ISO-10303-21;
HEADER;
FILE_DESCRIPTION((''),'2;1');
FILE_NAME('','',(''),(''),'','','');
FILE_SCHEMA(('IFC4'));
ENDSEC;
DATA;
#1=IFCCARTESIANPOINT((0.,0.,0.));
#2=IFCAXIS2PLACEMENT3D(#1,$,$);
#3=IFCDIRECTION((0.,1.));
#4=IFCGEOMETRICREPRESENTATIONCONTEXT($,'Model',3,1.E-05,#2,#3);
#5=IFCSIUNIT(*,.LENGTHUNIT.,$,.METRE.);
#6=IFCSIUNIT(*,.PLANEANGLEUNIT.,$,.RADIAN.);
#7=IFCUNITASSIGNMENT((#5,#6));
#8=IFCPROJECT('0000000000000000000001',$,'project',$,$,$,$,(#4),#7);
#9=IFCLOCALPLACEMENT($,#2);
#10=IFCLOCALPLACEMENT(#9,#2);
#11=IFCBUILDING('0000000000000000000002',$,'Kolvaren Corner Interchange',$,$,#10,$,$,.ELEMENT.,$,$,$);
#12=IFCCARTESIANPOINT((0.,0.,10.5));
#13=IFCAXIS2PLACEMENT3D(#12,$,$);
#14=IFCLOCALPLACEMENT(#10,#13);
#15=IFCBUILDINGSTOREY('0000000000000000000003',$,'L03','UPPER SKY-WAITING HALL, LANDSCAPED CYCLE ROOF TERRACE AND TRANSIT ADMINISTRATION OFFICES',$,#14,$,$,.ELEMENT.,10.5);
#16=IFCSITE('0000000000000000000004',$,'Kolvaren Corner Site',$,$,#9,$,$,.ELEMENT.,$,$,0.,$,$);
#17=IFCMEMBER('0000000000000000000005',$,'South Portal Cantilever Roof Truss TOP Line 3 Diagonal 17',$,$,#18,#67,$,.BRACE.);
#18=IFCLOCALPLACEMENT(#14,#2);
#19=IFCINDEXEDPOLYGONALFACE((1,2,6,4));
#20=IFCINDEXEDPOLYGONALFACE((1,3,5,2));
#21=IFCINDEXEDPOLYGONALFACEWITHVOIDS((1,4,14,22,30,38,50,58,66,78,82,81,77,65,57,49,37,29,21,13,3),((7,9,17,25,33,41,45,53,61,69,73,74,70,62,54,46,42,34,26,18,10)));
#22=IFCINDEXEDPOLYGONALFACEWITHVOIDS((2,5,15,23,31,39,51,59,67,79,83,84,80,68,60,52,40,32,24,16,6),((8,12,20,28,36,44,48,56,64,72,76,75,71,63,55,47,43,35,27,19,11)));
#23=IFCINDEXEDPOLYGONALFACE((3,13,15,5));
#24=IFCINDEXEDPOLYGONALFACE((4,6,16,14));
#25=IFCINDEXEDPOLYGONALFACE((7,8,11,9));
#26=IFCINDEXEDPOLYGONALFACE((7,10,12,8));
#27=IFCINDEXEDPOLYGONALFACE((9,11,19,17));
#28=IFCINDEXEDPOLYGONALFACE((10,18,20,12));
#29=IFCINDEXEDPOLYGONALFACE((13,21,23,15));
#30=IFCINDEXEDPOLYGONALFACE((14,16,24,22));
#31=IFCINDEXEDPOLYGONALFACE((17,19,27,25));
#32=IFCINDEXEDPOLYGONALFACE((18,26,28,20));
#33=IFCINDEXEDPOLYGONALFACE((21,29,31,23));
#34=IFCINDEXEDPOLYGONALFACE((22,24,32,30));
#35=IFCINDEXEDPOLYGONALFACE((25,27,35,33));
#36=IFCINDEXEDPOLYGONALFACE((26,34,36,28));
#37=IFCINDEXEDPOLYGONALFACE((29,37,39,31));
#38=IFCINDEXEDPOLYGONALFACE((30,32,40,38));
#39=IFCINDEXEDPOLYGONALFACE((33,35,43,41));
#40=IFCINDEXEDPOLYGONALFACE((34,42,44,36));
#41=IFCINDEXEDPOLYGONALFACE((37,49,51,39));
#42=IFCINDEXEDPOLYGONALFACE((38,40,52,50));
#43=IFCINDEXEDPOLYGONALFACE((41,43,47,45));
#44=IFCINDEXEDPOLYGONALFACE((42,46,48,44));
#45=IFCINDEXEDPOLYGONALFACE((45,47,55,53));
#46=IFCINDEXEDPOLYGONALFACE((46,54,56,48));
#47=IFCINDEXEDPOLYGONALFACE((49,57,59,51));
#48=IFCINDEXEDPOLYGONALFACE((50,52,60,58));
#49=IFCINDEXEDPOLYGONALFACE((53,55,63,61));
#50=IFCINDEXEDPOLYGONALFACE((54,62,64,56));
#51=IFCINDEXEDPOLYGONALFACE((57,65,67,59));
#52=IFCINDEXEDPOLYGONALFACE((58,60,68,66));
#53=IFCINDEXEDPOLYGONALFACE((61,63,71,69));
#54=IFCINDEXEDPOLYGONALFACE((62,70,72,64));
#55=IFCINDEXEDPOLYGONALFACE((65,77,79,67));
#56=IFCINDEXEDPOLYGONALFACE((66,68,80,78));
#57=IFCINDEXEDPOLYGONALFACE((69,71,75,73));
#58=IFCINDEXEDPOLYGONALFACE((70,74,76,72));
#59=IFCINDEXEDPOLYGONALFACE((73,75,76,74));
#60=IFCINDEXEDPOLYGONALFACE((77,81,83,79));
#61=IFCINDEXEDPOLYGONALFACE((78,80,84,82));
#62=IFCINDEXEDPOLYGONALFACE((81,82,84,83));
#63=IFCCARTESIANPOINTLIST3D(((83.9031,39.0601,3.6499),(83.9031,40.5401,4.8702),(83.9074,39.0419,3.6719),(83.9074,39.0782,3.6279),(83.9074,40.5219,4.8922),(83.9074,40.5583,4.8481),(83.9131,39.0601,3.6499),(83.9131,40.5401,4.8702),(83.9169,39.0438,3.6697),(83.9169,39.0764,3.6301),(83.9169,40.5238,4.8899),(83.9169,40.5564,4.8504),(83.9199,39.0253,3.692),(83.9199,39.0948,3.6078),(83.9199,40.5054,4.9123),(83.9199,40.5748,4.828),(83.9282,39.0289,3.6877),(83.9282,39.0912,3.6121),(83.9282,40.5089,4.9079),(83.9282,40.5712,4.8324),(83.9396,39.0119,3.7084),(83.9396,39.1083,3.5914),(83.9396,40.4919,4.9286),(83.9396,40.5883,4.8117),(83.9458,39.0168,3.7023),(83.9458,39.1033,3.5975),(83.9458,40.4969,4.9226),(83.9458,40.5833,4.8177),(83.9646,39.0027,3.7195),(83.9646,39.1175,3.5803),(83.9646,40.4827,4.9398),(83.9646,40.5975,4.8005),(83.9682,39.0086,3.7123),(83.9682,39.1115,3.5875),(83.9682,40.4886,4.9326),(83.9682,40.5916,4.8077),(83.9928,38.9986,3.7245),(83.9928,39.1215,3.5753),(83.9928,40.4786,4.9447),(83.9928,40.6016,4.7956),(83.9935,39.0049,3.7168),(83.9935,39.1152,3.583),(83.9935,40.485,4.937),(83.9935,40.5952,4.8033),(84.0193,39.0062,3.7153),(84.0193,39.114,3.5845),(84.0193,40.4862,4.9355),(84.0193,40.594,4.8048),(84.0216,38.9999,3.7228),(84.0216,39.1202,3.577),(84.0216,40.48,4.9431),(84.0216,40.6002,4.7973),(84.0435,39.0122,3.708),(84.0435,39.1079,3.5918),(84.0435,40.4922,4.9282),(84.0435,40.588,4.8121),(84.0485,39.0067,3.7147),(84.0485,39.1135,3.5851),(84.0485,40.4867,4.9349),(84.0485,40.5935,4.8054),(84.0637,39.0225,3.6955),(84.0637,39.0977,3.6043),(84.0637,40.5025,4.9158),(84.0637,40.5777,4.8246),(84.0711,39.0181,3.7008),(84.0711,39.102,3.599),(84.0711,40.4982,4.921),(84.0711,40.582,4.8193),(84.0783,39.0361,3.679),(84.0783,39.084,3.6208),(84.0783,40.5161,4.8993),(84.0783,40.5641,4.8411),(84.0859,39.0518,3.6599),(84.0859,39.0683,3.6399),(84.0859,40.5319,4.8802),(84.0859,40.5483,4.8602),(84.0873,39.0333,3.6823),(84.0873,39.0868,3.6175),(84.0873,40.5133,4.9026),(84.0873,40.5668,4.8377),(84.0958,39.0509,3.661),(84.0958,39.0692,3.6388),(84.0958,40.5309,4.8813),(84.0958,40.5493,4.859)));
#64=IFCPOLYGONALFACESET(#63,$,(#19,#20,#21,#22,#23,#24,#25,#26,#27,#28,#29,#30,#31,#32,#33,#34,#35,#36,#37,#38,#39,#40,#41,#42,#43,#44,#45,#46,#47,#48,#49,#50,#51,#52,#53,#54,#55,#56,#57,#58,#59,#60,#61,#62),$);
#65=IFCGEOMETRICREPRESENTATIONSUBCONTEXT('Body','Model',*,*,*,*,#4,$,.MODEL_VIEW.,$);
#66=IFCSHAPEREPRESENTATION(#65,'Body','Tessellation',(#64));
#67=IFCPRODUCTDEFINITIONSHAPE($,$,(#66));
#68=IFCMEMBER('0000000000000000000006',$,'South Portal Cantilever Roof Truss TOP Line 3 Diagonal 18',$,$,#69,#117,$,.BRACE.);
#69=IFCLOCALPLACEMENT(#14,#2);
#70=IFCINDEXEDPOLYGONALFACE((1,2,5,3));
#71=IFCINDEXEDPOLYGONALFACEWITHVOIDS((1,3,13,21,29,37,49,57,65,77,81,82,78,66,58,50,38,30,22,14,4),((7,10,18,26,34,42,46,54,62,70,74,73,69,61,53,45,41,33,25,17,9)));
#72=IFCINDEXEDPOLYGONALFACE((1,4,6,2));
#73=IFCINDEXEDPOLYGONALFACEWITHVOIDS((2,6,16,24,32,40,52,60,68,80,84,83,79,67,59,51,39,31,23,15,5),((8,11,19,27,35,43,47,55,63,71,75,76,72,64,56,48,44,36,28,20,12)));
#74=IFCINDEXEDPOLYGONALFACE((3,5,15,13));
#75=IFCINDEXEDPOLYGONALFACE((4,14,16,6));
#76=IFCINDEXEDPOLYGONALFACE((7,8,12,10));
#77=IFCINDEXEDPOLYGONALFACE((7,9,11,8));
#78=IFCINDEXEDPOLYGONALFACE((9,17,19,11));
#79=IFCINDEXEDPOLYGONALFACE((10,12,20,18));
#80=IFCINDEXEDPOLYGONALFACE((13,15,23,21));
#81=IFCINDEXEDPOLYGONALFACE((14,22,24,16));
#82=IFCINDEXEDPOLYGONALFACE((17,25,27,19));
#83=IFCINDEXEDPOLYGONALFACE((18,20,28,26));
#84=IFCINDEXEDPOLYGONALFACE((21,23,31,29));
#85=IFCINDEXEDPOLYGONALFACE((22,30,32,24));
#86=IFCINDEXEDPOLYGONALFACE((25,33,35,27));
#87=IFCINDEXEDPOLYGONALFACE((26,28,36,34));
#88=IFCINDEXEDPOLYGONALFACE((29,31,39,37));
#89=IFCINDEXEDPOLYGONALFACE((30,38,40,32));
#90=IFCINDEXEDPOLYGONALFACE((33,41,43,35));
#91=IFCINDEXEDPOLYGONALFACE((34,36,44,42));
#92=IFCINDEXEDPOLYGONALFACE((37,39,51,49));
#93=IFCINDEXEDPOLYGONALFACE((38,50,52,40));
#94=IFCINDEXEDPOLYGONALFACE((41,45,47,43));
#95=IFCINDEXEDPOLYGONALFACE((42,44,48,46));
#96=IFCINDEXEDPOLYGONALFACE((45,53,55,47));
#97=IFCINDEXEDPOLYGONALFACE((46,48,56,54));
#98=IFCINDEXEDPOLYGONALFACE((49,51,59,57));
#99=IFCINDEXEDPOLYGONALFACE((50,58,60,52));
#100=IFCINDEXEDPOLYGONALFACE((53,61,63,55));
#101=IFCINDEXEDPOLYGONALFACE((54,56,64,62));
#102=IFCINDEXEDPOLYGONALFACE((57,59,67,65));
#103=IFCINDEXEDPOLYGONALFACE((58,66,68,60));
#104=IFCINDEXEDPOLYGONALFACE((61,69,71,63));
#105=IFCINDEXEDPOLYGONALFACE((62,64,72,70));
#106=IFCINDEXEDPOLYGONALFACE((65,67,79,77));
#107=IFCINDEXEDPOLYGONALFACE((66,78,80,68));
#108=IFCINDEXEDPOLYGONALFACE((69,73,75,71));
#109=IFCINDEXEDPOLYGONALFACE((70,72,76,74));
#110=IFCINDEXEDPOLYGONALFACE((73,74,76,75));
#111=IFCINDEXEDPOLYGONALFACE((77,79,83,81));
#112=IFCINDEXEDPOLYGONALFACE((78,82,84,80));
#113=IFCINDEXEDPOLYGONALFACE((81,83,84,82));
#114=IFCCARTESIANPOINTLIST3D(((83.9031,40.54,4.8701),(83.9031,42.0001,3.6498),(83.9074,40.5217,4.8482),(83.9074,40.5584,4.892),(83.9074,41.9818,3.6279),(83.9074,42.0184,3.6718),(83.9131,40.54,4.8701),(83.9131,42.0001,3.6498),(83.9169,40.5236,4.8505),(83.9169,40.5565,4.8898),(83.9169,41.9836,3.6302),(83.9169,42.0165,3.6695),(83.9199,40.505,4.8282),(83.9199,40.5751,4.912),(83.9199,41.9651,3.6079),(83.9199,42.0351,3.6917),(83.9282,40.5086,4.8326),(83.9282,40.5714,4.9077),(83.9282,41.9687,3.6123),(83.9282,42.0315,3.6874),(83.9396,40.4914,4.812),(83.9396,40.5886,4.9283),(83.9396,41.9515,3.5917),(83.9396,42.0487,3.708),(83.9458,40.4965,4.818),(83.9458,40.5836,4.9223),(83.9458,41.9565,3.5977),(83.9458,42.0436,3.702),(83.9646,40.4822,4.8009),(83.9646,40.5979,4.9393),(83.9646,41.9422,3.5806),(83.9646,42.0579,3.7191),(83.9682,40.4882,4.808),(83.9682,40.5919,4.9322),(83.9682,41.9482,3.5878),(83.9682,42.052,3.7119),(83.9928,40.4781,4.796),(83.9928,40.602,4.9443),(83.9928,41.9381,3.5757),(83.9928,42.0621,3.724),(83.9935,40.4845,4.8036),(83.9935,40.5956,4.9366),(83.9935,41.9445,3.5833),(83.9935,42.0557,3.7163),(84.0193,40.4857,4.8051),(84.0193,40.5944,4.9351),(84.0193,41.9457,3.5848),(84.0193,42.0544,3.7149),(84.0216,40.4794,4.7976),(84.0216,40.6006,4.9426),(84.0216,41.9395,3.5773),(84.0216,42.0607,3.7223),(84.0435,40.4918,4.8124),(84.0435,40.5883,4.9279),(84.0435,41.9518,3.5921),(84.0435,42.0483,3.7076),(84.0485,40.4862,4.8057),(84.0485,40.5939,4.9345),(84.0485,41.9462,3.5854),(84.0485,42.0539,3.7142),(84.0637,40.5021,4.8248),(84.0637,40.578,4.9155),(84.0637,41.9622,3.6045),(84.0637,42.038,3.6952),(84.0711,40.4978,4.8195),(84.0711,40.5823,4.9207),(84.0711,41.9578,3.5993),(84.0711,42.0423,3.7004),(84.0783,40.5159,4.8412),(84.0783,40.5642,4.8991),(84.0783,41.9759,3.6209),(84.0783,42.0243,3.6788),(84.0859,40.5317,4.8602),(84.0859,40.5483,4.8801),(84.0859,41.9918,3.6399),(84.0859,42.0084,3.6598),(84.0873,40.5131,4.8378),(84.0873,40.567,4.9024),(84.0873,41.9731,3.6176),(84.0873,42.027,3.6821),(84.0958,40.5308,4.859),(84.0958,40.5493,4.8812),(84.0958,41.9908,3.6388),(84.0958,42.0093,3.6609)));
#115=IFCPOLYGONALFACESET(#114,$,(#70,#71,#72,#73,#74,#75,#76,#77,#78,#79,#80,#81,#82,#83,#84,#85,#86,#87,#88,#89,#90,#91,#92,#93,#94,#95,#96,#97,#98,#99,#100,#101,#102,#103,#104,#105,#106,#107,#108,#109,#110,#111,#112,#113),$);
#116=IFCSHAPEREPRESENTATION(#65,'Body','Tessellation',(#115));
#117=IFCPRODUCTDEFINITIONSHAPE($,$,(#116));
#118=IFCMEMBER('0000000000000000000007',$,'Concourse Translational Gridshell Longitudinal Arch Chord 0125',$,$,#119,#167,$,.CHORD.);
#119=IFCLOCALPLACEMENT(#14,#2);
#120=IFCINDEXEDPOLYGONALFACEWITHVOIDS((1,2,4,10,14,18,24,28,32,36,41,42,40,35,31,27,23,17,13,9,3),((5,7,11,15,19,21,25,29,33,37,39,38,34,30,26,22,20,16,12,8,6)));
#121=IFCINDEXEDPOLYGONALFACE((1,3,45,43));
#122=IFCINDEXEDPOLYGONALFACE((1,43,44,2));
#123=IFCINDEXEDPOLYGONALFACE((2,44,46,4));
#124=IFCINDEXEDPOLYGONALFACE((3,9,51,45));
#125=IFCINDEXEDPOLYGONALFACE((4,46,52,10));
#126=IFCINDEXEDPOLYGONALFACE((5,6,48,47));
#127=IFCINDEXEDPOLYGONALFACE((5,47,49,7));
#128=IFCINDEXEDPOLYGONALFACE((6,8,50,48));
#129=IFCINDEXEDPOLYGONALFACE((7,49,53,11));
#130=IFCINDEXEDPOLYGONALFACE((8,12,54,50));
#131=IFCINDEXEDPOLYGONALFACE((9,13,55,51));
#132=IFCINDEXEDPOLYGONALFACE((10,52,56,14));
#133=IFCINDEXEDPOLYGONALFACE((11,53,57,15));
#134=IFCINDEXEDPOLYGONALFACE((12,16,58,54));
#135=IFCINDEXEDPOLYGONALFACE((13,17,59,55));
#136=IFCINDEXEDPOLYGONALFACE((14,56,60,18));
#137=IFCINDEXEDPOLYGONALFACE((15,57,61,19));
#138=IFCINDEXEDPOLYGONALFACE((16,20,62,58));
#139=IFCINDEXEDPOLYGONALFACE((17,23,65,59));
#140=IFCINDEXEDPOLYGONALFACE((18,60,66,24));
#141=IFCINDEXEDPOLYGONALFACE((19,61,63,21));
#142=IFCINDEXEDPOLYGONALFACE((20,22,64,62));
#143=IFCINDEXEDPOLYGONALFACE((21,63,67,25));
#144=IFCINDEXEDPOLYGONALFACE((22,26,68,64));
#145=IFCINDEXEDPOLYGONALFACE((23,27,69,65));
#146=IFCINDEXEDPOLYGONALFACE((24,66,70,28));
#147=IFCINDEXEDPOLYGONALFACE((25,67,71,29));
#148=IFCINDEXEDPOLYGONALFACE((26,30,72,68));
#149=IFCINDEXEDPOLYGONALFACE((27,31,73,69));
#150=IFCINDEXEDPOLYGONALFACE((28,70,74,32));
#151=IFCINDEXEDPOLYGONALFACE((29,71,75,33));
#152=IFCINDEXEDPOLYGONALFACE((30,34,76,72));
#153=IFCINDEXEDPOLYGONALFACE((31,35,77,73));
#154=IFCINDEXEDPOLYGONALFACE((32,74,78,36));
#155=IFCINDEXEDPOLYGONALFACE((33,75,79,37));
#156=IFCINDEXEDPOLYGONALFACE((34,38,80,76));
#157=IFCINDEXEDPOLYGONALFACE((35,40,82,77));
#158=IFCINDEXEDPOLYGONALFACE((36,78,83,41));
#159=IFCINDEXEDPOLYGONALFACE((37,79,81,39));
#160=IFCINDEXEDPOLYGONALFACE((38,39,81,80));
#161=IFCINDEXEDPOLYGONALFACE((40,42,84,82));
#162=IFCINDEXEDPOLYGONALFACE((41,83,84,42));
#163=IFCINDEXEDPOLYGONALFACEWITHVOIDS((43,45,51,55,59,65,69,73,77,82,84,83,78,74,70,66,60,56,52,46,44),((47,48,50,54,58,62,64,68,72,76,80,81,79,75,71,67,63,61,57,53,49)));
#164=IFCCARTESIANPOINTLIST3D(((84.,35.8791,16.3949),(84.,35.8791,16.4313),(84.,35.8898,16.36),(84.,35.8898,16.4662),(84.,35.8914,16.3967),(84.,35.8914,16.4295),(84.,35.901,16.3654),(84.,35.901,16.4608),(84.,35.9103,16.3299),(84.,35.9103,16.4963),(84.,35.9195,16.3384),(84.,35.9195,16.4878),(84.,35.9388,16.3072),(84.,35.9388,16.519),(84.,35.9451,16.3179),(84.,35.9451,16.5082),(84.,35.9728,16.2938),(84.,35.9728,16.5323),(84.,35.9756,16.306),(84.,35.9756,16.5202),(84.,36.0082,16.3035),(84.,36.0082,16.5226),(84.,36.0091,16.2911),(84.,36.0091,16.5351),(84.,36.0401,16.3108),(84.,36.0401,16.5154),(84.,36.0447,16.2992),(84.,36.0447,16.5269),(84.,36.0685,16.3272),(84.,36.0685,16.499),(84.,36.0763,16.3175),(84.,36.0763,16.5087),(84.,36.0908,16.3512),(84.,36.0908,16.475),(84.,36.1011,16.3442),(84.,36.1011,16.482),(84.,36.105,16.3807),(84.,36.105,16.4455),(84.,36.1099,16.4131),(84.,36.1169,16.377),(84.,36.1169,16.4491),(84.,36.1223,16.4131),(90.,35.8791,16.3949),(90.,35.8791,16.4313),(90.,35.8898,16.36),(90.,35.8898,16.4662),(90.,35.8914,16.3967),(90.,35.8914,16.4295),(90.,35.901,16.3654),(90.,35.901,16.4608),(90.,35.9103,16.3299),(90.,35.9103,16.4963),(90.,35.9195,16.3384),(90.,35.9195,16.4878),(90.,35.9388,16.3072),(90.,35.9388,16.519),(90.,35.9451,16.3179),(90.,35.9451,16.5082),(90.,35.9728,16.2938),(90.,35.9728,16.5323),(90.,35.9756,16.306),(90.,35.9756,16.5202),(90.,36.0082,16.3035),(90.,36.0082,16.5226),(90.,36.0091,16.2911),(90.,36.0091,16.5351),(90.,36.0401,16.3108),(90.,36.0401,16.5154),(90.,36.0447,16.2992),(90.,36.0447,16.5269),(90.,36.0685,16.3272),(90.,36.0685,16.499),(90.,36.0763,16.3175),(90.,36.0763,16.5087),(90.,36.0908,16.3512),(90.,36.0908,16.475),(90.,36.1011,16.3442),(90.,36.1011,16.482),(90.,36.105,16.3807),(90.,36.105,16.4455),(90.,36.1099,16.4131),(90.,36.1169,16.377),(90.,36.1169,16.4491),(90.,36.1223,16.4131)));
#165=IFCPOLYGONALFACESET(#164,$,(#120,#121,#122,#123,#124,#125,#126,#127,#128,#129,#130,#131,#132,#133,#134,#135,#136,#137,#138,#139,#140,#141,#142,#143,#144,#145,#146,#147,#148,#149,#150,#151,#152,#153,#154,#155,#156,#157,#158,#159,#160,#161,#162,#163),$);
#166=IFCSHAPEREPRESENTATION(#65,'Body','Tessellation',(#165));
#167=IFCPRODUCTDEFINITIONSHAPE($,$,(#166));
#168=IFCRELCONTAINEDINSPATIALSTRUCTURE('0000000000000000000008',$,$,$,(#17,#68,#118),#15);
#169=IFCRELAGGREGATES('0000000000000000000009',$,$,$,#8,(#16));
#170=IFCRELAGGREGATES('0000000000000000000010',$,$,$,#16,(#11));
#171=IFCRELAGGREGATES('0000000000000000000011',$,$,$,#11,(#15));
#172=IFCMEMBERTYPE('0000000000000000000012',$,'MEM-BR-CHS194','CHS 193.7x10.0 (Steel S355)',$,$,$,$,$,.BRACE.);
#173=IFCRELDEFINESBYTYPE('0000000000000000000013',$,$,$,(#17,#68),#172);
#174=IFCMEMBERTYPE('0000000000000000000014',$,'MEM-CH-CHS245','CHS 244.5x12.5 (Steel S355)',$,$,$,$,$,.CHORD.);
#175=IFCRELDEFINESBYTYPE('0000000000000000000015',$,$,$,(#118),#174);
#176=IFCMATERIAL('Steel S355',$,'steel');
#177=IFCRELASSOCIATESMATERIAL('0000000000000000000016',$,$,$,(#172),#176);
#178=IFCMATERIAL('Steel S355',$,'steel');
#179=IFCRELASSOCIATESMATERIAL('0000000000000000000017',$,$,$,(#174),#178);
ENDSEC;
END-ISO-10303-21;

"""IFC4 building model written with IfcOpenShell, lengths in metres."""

from ifc_helpers import new_model, si_unit, direction, frame, origin, origin_2d, place, context, subcontext, project, spatial, hollow_circle, extrude, material, material_profile, profile_set, type_object, element, save


model = new_model("IFC4")

# Units and contexts
model_context = context("Model", 3, precision=1e-05, world=origin(), true_north=direction((0.0, 1.0)))
body_context = subcontext(model_context, "Body", "Model", "MODEL_VIEW")
ifc_project = project(units=[si_unit("LENGTHUNIT", "METRE"), si_unit("PLANEANGLEUNIT", "RADIAN")], contexts=[model_context])

# Site, building, storey
site_placement = place(None, origin())
site = spatial("IfcSite", under=ifc_project, at=site_placement, Name="Kolvaren Corner Site", CompositionType="ELEMENT", RefElevation=0.0)
building_placement = place(site_placement, origin())
building = spatial("IfcBuilding", under=site, at=building_placement, Name="Kolvaren Corner Interchange", CompositionType="ELEMENT")
storey_placement = place(building_placement, frame((0.0, 0.0, 10.5)))
storey = spatial("IfcBuildingStorey", under=building, at=storey_placement, Name="L03", Description="UPPER SKY-WAITING HALL, LANDSCAPED CYCLE ROOF TERRACE AND TRANSIT ADMINISTRATION OFFICES", CompositionType="ELEMENT", Elevation=10.5)

# Members
ifc_material_1 = material(Name="Steel S355", Category="steel")
ifc_material_profile_1 = material_profile(ifc_material_1, hollow_circle(Radius=0.0969, WallThickness=0.01, at=origin_2d()), Name="CHS 193.7x10.0")
ifc_profile_set_1 = profile_set([ifc_material_profile_1], Name="Steel S355")
member_type_1 = type_object("IfcMemberType", Name="MEM-BR-CHS194", Description="CHS 193.7x10.0 (Steel S355)", PredefinedType="BRACE", material=ifc_profile_set_1)
for number, where, z_axis, x_axis, name in (
    (1, (84.0, 39.0601, 3.6499), (0.0, 0.77157, 0.636144), (-1.0, 0.0, 0.0), "South Portal Cantilever Roof Truss TOP Line 3 Diagonal 17"),
):
    element("IfcMember", number, at=place(storey_placement, frame(where, z_axis=z_axis, x_axis=x_axis)), inside=storey, type_object=member_type_1, Name=name, PredefinedType="BRACE", context=body_context, shape_type="SweptSolid", body=[
        extrude(hollow_circle(Radius=0.0969, WallThickness=0.01, at=origin_2d()), origin(), (0.0, 0.0, 1.0), 1.9182),
    ])
member_1_placement = place(storey_placement, frame((84.0, 40.54, 4.8701), z_axis=(0.0, 0.767295, -0.641294), x_axis=(-1.0, 0.0, 0.0)))
element("IfcMember", 2, at=member_1_placement, inside=storey, type_object=member_type_1, Name="South Portal Cantilever Roof Truss TOP Line 3 Diagonal 18", PredefinedType="BRACE", context=body_context, shape_type="SweptSolid", body=[
    extrude(hollow_circle(Radius=0.0969, WallThickness=0.01, at=origin_2d()), origin(), (0.0, 0.0, 1.0), 1.9028),
])
ifc_material_2 = material(Name="Steel S355", Category="steel")
ifc_material_profile_2 = material_profile(ifc_material_2, hollow_circle(Radius=0.1223, WallThickness=0.0125, at=origin_2d()), Name="CHS 244.5x12.5")
ifc_profile_set_2 = profile_set([ifc_material_profile_2], Name="Steel S355")
member_type_2 = type_object("IfcMemberType", Name="MEM-CH-CHS245", Description="CHS 244.5x12.5 (Steel S355)", PredefinedType="CHORD", material=ifc_profile_set_2)
member_2_placement = place(storey_placement, frame((84.0, 36.0, 16.4131), z_axis=(1.0, 0.0, 0.0), x_axis=(0.0, 1.0, 0.0)))
element("IfcMember", 3, at=member_2_placement, inside=storey, type_object=member_type_2, Name="Concourse Translational Gridshell Longitudinal Arch Chord 0125", PredefinedType="CHORD", context=body_context, shape_type="SweptSolid", body=[
    extrude(hollow_circle(Radius=0.1223, WallThickness=0.0125, at=origin_2d()), origin(), (0.0, 0.0, 1.0), 6.0),
])

save(model, "model.ifc")
